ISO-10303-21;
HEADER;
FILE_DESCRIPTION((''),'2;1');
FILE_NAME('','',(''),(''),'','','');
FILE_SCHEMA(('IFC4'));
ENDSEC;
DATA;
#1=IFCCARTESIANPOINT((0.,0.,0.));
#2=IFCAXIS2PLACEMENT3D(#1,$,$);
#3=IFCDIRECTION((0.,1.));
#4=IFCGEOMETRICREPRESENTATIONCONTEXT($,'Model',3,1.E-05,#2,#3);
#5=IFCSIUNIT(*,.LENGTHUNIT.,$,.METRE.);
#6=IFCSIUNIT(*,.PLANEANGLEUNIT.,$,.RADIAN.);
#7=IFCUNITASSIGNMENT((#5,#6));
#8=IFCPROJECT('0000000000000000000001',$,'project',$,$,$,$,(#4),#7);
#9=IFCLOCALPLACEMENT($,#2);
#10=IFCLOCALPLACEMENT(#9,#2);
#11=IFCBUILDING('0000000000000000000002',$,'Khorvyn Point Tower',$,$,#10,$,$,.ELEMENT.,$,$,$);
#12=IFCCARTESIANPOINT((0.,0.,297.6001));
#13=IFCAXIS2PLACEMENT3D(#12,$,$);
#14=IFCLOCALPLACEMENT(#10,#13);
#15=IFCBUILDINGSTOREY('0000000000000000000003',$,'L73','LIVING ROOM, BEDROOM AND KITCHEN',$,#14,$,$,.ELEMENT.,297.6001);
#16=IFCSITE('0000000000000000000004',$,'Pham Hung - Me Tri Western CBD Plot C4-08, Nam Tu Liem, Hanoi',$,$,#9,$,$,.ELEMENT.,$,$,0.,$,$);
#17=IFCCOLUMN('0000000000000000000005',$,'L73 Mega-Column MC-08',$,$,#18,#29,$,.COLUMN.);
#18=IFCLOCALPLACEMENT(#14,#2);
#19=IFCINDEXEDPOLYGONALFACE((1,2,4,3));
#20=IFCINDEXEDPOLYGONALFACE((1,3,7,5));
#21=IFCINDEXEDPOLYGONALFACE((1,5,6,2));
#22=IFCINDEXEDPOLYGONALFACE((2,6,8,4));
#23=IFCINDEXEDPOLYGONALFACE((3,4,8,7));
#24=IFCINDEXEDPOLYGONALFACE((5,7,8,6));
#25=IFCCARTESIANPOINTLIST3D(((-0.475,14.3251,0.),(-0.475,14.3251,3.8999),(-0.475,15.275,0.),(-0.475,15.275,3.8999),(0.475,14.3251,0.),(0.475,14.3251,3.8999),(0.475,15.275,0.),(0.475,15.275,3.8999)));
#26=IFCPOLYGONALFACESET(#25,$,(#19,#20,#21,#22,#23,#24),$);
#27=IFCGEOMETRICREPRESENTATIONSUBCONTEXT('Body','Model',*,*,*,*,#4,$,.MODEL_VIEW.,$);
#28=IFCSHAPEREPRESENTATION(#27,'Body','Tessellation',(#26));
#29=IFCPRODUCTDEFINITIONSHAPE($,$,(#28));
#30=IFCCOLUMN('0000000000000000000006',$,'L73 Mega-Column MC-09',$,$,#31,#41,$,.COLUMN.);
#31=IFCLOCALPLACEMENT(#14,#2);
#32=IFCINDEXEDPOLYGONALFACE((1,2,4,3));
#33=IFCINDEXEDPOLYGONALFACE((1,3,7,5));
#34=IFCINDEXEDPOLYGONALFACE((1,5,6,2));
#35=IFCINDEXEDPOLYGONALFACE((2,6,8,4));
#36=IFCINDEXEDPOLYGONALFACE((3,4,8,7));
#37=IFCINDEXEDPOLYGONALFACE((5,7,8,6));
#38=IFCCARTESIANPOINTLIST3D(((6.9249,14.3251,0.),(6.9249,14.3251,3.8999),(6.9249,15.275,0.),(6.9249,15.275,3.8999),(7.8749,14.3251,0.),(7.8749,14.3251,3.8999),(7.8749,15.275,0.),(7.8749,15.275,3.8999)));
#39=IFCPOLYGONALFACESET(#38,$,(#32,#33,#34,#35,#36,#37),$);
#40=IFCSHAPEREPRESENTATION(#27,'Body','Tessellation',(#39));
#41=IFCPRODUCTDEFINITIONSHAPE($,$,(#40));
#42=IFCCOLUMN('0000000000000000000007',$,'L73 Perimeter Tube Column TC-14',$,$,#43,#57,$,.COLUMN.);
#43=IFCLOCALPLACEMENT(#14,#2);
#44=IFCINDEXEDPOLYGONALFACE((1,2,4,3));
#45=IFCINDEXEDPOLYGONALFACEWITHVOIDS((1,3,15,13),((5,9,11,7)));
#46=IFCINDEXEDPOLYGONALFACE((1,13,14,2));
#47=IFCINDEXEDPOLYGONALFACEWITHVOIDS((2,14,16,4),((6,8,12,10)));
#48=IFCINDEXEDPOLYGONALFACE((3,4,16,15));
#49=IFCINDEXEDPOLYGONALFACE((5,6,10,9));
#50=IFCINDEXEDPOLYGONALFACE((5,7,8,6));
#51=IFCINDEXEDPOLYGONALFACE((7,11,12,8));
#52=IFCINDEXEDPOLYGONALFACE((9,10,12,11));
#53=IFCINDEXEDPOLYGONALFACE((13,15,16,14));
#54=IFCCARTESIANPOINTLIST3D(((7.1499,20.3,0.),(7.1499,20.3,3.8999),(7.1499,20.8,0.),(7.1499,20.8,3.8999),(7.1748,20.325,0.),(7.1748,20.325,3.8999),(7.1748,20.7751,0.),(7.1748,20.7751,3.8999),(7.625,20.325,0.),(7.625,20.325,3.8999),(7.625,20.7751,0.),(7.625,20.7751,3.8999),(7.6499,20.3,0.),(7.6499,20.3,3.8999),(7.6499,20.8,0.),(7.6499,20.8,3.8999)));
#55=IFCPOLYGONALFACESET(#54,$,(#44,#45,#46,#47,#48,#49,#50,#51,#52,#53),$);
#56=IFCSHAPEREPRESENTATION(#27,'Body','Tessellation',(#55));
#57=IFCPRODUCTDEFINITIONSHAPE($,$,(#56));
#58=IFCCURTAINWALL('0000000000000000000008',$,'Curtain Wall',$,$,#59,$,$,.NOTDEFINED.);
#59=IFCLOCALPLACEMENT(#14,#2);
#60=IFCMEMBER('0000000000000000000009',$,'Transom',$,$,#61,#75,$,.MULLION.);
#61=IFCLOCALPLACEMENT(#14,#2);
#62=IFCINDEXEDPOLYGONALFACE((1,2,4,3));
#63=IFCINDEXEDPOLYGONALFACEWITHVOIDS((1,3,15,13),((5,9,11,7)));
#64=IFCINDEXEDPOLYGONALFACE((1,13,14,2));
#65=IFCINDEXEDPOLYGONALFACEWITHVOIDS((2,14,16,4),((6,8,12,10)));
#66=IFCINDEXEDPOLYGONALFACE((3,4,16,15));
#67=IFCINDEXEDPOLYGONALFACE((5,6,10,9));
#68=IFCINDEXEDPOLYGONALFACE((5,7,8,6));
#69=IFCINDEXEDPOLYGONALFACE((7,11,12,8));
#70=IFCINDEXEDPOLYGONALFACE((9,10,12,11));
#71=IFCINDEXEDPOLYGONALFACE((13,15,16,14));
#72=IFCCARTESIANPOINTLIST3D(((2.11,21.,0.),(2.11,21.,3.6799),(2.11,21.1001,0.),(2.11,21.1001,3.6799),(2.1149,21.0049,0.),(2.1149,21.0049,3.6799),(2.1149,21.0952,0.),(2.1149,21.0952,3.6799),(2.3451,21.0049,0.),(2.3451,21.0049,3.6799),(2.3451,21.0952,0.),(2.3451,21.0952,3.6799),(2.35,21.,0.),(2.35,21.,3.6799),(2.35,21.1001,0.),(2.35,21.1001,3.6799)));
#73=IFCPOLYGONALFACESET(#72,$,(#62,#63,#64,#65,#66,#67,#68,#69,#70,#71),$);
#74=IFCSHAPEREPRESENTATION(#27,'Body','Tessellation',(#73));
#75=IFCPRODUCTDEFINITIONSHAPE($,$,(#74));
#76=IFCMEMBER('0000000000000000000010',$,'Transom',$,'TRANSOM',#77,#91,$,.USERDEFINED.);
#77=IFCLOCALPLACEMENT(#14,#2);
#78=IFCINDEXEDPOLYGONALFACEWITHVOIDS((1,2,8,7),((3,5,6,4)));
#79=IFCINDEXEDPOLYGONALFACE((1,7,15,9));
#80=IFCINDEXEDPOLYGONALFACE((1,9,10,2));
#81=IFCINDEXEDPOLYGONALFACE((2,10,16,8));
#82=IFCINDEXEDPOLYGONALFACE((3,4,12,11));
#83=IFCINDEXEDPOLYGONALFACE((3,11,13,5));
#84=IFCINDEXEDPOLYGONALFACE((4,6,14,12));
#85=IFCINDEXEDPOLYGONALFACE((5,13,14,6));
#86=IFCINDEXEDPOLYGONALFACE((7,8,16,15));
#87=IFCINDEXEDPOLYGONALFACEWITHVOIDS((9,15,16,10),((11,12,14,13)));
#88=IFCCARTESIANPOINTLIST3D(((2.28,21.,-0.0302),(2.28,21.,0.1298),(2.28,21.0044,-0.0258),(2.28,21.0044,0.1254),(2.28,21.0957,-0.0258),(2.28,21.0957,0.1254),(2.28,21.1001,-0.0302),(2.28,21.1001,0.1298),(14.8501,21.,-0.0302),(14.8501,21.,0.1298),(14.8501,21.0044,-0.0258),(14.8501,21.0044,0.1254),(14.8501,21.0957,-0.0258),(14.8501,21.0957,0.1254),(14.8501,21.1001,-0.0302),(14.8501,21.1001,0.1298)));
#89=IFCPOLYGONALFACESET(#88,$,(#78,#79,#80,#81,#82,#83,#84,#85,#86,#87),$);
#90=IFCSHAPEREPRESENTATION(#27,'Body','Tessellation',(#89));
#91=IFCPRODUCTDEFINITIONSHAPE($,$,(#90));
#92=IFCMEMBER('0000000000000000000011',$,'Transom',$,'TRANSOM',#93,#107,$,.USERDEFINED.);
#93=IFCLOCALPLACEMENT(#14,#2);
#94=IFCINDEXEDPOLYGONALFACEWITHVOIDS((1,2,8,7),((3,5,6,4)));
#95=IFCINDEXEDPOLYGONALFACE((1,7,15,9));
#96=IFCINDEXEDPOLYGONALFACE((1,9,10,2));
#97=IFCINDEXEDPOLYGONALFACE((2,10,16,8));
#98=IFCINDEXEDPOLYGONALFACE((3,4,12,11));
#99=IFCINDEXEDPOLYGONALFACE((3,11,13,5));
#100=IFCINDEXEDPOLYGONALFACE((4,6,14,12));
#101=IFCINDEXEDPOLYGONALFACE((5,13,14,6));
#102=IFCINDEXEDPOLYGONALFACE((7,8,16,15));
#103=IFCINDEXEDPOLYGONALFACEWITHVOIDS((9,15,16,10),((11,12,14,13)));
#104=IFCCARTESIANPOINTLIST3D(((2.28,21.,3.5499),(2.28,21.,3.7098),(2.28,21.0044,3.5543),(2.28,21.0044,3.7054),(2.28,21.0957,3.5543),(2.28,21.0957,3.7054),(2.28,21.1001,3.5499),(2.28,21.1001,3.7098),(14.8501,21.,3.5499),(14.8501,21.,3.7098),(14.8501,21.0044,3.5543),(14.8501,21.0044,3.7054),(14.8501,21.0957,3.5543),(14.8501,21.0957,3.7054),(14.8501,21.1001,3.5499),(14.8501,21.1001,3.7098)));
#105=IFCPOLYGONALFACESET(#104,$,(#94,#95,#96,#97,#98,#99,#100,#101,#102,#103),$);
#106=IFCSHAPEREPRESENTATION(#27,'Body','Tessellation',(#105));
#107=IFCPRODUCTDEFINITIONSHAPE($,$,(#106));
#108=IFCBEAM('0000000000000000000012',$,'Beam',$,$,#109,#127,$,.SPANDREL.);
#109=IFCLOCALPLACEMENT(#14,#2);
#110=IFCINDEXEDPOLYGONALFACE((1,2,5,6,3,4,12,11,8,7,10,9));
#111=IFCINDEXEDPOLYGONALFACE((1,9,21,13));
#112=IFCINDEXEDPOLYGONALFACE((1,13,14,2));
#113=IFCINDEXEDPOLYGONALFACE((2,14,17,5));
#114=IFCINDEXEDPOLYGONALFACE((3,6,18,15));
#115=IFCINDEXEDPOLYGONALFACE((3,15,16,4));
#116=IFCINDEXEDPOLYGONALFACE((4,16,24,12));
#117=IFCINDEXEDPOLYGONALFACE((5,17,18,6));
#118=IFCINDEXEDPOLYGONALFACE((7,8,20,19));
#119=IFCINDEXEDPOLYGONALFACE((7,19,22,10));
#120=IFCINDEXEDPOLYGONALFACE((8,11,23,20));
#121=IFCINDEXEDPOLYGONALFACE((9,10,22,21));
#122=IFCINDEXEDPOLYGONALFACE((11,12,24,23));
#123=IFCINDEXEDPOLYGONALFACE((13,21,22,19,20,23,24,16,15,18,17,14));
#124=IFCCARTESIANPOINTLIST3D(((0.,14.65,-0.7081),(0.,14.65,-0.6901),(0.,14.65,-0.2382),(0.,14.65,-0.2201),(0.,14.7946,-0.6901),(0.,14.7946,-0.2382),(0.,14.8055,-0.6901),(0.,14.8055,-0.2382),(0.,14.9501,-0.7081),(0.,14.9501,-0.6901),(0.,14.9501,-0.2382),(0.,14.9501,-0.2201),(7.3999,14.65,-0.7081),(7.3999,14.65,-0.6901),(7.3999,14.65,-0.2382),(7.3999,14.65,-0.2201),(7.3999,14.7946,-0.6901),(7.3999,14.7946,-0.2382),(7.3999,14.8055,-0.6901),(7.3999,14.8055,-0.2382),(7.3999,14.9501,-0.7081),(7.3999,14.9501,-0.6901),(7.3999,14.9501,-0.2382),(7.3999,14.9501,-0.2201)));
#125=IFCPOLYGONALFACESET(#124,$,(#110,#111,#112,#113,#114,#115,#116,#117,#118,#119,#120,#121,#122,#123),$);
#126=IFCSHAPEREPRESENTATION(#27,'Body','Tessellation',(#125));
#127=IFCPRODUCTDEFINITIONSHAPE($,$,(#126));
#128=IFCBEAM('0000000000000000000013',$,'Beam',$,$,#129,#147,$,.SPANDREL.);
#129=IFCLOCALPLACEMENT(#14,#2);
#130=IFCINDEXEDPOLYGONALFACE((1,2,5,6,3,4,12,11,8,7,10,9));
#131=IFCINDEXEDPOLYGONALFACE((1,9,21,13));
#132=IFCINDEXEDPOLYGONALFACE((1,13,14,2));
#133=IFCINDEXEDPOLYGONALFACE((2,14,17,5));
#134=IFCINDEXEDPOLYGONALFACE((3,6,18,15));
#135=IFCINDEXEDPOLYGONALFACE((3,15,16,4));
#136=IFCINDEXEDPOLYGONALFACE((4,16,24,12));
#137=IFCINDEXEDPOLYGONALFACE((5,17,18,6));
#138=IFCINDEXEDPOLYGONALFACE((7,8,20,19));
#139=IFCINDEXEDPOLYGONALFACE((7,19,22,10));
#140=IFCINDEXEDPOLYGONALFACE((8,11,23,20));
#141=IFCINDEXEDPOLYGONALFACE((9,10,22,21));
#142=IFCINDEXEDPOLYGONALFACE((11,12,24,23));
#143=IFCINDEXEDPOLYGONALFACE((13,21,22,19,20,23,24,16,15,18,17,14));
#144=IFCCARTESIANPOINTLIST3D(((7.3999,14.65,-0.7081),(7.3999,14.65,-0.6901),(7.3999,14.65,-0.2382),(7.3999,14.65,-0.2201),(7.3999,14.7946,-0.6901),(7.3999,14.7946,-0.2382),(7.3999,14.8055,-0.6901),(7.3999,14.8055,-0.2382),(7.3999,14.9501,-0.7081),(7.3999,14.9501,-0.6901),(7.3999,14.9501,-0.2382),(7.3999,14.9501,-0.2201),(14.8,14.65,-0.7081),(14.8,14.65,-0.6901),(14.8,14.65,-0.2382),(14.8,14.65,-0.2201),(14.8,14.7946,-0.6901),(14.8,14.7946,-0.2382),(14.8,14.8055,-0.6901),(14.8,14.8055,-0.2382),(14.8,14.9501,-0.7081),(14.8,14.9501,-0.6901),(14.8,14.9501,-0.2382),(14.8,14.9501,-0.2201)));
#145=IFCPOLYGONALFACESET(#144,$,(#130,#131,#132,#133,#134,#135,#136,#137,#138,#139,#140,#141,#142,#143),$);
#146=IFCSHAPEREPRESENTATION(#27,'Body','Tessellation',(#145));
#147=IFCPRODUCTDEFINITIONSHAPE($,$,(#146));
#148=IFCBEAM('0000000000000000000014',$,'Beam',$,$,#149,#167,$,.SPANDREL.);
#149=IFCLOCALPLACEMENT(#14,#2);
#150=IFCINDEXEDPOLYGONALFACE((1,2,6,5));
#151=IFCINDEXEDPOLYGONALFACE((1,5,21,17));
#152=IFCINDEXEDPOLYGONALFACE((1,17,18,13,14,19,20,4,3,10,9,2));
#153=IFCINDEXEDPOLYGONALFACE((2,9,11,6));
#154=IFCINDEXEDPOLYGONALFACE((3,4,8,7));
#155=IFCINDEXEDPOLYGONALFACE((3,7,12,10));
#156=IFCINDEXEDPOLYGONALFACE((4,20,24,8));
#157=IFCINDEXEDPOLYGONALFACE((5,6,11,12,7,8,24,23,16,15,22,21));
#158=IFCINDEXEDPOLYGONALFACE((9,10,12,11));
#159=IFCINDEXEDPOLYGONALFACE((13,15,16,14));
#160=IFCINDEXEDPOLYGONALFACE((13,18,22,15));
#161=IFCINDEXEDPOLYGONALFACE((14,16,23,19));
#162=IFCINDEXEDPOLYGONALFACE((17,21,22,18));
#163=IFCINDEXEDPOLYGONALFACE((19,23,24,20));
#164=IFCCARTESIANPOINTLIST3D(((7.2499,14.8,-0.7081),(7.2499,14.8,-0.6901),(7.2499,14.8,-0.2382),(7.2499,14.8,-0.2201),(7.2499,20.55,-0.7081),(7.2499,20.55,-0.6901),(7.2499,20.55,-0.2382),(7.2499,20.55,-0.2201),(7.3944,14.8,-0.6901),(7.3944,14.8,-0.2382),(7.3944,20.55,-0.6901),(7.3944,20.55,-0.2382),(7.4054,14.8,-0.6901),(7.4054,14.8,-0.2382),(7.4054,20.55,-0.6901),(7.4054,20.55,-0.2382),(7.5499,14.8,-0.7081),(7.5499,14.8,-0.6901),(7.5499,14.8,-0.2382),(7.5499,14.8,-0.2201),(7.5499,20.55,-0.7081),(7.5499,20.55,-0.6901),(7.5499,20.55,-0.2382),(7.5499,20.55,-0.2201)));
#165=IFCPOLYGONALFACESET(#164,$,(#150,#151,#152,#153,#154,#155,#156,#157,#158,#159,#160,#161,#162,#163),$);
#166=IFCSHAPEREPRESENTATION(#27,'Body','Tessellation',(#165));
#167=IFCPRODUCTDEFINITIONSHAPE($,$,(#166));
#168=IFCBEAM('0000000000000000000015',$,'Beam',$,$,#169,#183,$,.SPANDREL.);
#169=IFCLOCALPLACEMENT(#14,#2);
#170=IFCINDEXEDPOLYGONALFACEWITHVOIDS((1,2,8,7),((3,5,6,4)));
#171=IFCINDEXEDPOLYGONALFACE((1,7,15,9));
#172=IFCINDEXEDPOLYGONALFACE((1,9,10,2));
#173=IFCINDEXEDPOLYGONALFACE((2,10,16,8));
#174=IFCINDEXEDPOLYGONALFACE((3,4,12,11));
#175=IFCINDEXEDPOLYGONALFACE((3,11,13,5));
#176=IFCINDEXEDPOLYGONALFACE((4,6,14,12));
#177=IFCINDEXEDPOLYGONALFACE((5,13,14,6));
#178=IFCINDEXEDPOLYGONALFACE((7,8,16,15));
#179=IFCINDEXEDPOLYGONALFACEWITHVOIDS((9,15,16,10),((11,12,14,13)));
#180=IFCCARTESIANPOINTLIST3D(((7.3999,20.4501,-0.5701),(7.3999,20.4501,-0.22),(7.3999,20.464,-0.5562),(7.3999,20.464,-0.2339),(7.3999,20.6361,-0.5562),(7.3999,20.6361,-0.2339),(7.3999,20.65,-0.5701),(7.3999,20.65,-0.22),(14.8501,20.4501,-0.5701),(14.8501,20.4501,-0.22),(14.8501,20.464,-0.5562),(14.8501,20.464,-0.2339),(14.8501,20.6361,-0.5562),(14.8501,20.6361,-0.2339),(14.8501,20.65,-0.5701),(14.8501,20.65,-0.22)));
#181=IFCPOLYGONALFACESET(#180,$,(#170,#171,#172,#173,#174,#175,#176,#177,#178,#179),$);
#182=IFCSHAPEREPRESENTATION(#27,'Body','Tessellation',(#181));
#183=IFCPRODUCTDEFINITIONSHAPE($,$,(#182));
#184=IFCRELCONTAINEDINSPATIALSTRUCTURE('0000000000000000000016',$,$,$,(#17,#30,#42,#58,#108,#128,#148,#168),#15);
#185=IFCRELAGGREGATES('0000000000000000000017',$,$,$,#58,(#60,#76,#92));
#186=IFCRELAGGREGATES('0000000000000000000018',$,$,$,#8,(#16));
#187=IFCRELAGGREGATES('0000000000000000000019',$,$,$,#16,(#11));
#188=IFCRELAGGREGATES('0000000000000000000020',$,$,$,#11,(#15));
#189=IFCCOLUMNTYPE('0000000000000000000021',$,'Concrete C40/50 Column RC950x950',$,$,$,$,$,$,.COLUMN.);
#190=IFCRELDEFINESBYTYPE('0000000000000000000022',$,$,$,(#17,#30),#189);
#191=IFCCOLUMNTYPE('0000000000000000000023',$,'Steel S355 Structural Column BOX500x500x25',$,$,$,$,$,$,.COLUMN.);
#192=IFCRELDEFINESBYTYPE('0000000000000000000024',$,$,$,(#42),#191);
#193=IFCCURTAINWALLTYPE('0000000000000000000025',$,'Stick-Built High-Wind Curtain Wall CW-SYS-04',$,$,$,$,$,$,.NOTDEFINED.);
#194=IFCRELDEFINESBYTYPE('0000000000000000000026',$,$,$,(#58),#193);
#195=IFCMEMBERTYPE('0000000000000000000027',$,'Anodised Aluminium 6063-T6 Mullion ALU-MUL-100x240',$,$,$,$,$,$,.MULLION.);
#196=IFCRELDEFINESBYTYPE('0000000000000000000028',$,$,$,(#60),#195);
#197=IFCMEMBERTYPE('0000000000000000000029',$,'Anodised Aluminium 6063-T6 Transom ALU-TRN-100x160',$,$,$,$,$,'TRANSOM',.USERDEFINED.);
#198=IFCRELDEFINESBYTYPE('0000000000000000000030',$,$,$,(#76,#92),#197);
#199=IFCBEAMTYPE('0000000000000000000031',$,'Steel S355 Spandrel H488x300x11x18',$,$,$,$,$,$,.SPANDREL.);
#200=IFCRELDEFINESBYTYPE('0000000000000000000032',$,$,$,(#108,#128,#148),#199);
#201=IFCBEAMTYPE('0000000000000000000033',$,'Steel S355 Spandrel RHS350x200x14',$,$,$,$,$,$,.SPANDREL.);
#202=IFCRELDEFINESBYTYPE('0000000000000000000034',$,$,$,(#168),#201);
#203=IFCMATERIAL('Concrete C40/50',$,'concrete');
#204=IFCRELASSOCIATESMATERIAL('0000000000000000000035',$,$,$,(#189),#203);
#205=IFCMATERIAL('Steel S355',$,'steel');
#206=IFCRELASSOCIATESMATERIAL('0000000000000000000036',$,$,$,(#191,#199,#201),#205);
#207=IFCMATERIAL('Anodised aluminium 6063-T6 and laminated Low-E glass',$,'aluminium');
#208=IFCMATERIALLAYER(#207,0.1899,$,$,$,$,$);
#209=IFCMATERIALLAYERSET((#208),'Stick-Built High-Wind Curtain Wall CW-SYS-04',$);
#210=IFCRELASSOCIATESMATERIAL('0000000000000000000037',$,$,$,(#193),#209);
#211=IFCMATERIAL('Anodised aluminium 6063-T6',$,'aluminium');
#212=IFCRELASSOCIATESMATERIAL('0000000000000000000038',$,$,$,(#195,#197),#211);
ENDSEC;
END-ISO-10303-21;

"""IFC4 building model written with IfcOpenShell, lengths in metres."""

from ifc_helpers import new_model, si_unit, direction, frame, origin, origin_2d, place, context, subcontext, project, spatial, rectangle, hollow_rectangle, i_section, extrude, material, layer, layer_set, material_profile, profile_set, type_object, element, aggregate, save


model = new_model("IFC4")

# Units and contexts
model_context = context("Model", 3, precision=1e-05, world=origin(), true_north=direction((0.0, 1.0)))
body_context = subcontext(model_context, "Body", "Model", "MODEL_VIEW")
ifc_project = project(units=[si_unit("LENGTHUNIT", "METRE"), si_unit("PLANEANGLEUNIT", "RADIAN")], contexts=[model_context])

# Site, building, storey
site_placement = place(None, origin())
site = spatial("IfcSite", under=ifc_project, at=site_placement, Name="Pham Hung - Me Tri Western CBD Plot C4-08, Nam Tu Liem, Hanoi", CompositionType="ELEMENT", RefElevation=0.0)
building_placement = place(site_placement, origin())
building = spatial("IfcBuilding", under=site, at=building_placement, Name="Khorvyn Point Tower", CompositionType="ELEMENT")
storey_placement = place(building_placement, frame((0.0, 0.0, 297.6001)))
storey = spatial("IfcBuildingStorey", under=building, at=storey_placement, Name="L73", Description="LIVING ROOM, BEDROOM AND KITCHEN", CompositionType="ELEMENT", Elevation=297.6001)

# Columns
ifc_material_1 = material(Name="Concrete C40/50", Category="concrete")
ifc_material_profile_1 = material_profile(ifc_material_1, rectangle(XDim=0.95, YDim=0.95, at=origin_2d()))
ifc_profile_set_1 = profile_set([ifc_material_profile_1], Name="Concrete C40/50 RC950x950")
column_type_1 = type_object("IfcColumnType", Name="Concrete C40/50 Column RC950x950", PredefinedType="COLUMN", material=ifc_profile_set_1)
for number, where, z_axis, x_axis, name in (
    (1, (0.0, 14.8, 0.0), (0.0, 0.0, 1.0), (1.0, 0.0, 0.0), "L73 Mega-Column MC-08"),
    (2, (7.3999, 14.8, 0.0), (0.0, 0.0, 1.0), (1.0, 0.0, 0.0), "L73 Mega-Column MC-09"),
):
    element("IfcColumn", number, at=place(storey_placement, frame(where, z_axis=z_axis, x_axis=x_axis)), inside=storey, type_object=column_type_1, Name=name, PredefinedType="COLUMN", context=body_context, shape_type="SweptSolid", body=[
        extrude(rectangle(XDim=0.95, YDim=0.95, at=origin_2d()), origin(), (0.0, 0.0, 1.0), 3.8999),
    ])
ifc_material_2 = material(Name="Steel S355", Category="steel")
ifc_material_profile_2 = material_profile(ifc_material_2, hollow_rectangle(XDim=0.5, YDim=0.5, WallThickness=0.0249, at=origin_2d()))
ifc_profile_set_2 = profile_set([ifc_material_profile_2], Name="Steel S355 BOX500x500x25")
column_type_2 = type_object("IfcColumnType", Name="Steel S355 Structural Column BOX500x500x25", PredefinedType="COLUMN", material=ifc_profile_set_2)
column_placement = place(storey_placement, frame((7.3999, 20.55, 0.0), z_axis=(0.0, 0.0, 1.0), x_axis=(1.0, 0.0, 0.0)))
element("IfcColumn", 3, at=column_placement, inside=storey, type_object=column_type_2, Name="L73 Perimeter Tube Column TC-14", PredefinedType="COLUMN", context=body_context, shape_type="SweptSolid", body=[
    extrude(hollow_rectangle(XDim=0.5, YDim=0.5, WallThickness=0.0249, at=origin_2d()), origin(), (0.0, 0.0, 1.0), 3.8999),
])

# Curtain wall, members
ifc_material_3 = material(Name="Anodised aluminium 6063-T6 and laminated Low-E glass", Category="aluminium")
ifc_layer_1 = layer(ifc_material_3, 0.1899)
ifc_layer_set_1 = layer_set([ifc_layer_1], Name="Stick-Built High-Wind Curtain Wall CW-SYS-04")
curtain_wall_type = type_object("IfcCurtainWallType", Name="Stick-Built High-Wind Curtain Wall CW-SYS-04", PredefinedType="NOTDEFINED", material=ifc_layer_set_1)
curtain_wall_placement = place(storey_placement, origin())
curtain_wall = element("IfcCurtainWall", 4, at=curtain_wall_placement, inside=storey, type_object=curtain_wall_type, Name="Curtain Wall", PredefinedType="NOTDEFINED")
ifc_material_4 = material(Name="Anodised aluminium 6063-T6", Category="aluminium")
ifc_material_profile_3 = material_profile(ifc_material_4, hollow_rectangle(XDim=0.1001, YDim=0.24, WallThickness=0.0049, at=origin_2d()))
ifc_profile_set_3 = profile_set([ifc_material_profile_3], Name="Anodised aluminium 6063-T6 ALU-MUL-100x240")
member_type_1 = type_object("IfcMemberType", Name="Anodised Aluminium 6063-T6 Mullion ALU-MUL-100x240", PredefinedType="MULLION", material=ifc_profile_set_3)
member_1_placement = place(storey_placement, frame((2.23, 21.05, 0.0), z_axis=(0.0, 0.0, 1.0), x_axis=(0.0, 1.0, 0.0)))
member_1 = element("IfcMember", 5, at=member_1_placement, type_object=member_type_1, Name="Transom", PredefinedType="MULLION", context=body_context, shape_type="SweptSolid", body=[
    extrude(hollow_rectangle(XDim=0.1001, YDim=0.24, WallThickness=0.0049, at=origin_2d()), origin(), (0.0, 0.0, 1.0), 3.6799),
])
ifc_material_profile_4 = material_profile(ifc_material_4, hollow_rectangle(XDim=0.1001, YDim=0.1599, WallThickness=0.0044, at=origin_2d()))
ifc_profile_set_4 = profile_set([ifc_material_profile_4], Name="Anodised aluminium 6063-T6 ALU-TRN-100x160")
member_type_2 = type_object("IfcMemberType", Name="Anodised Aluminium 6063-T6 Transom ALU-TRN-100x160", ElementType="TRANSOM", PredefinedType="USERDEFINED", material=ifc_profile_set_4)
member_2_placement = place(storey_placement, frame((2.28, 21.05, 0.0498), z_axis=(1.0, 0.0, 0.0), x_axis=(0.0, 1.0, 0.0)))
member_2 = element("IfcMember", 6, at=member_2_placement, type_object=member_type_2, Name="Transom", ObjectType="TRANSOM", PredefinedType="USERDEFINED", context=body_context, shape_type="SweptSolid", body=[
    extrude(hollow_rectangle(XDim=0.1001, YDim=0.1599, WallThickness=0.0044, at=origin_2d()), origin(), (0.0, 0.0, 1.0), 12.5701),
])
member_3_placement = place(storey_placement, frame((2.28, 21.05, 3.6299), z_axis=(1.0, 0.0, 0.0), x_axis=(0.0, 1.0, 0.0)))
member_3 = element("IfcMember", 7, at=member_3_placement, type_object=member_type_2, Name="Transom", ObjectType="TRANSOM", PredefinedType="USERDEFINED", context=body_context, shape_type="SweptSolid", body=[
    extrude(hollow_rectangle(XDim=0.1001, YDim=0.1599, WallThickness=0.0044, at=origin_2d()), origin(), (0.0, 0.0, 1.0), 12.5701),
])

# Beams
ifc_material_profile_5 = material_profile(ifc_material_2, i_section(OverallWidth=0.3, OverallDepth=0.488, WebThickness=0.011, FlangeThickness=0.0181, at=origin_2d()))
ifc_profile_set_5 = profile_set([ifc_material_profile_5], Name="Steel S355 H488x300x11x18")
beam_type_1 = type_object("IfcBeamType", Name="Steel S355 Spandrel H488x300x11x18", PredefinedType="SPANDREL", material=ifc_profile_set_5)
beam_1_placement = place(storey_placement, frame((0.0, 14.8, -0.4641), z_axis=(1.0, 0.0, 0.0), x_axis=(0.0, 1.0, 0.0)))
element("IfcBeam", 8, at=beam_1_placement, inside=storey, type_object=beam_type_1, Name="Beam", PredefinedType="SPANDREL", context=body_context, shape_type="SweptSolid", body=[
    extrude(i_section(OverallWidth=0.3, OverallDepth=0.488, WebThickness=0.011, FlangeThickness=0.0181, at=origin_2d()), origin(), (0.0, 0.0, 1.0), 7.3999),
])
beam_2_placement = place(storey_placement, frame((7.3999, 14.8, -0.4641), z_axis=(1.0, 0.0, 0.0), x_axis=(0.0, 1.0, 0.0)))
element("IfcBeam", 9, at=beam_2_placement, inside=storey, type_object=beam_type_1, Name="Beam", PredefinedType="SPANDREL", context=body_context, shape_type="SweptSolid", body=[
    extrude(i_section(OverallWidth=0.3, OverallDepth=0.488, WebThickness=0.011, FlangeThickness=0.0181, at=origin_2d()), origin(), (0.0, 0.0, 1.0), 7.4001),
])
beam_3_placement = place(storey_placement, frame((7.3999, 14.8, -0.4641), z_axis=(0.0, 1.0, 0.0), x_axis=(-1.0, 0.0, 0.0)))
element("IfcBeam", 10, at=beam_3_placement, inside=storey, type_object=beam_type_1, Name="Beam", PredefinedType="SPANDREL", context=body_context, shape_type="SweptSolid", body=[
    extrude(i_section(OverallWidth=0.3, OverallDepth=0.488, WebThickness=0.011, FlangeThickness=0.0181, at=origin_2d()), origin(), (0.0, 0.0, 1.0), 5.75),
])
ifc_material_profile_6 = material_profile(ifc_material_2, hollow_rectangle(XDim=0.2, YDim=0.3501, WallThickness=0.0139, at=origin_2d()))
ifc_profile_set_6 = profile_set([ifc_material_profile_6], Name="Steel S355 RHS350x200x14")
beam_type_2 = type_object("IfcBeamType", Name="Steel S355 Spandrel RHS350x200x14", PredefinedType="SPANDREL", material=ifc_profile_set_6)
beam_4_placement = place(storey_placement, frame((7.3999, 20.55, -0.395), z_axis=(1.0, 0.0, 0.0), x_axis=(0.0, 1.0, 0.0)))
element("IfcBeam", 11, at=beam_4_placement, inside=storey, type_object=beam_type_2, Name="Beam", PredefinedType="SPANDREL", context=body_context, shape_type="SweptSolid", body=[
    extrude(hollow_rectangle(XDim=0.2, YDim=0.3501, WallThickness=0.0139, at=origin_2d()), origin(), (0.0, 0.0, 1.0), 7.4502),
])

aggregate(curtain_wall, [member_1, member_2, member_3])

save(model, "model.ifc")
